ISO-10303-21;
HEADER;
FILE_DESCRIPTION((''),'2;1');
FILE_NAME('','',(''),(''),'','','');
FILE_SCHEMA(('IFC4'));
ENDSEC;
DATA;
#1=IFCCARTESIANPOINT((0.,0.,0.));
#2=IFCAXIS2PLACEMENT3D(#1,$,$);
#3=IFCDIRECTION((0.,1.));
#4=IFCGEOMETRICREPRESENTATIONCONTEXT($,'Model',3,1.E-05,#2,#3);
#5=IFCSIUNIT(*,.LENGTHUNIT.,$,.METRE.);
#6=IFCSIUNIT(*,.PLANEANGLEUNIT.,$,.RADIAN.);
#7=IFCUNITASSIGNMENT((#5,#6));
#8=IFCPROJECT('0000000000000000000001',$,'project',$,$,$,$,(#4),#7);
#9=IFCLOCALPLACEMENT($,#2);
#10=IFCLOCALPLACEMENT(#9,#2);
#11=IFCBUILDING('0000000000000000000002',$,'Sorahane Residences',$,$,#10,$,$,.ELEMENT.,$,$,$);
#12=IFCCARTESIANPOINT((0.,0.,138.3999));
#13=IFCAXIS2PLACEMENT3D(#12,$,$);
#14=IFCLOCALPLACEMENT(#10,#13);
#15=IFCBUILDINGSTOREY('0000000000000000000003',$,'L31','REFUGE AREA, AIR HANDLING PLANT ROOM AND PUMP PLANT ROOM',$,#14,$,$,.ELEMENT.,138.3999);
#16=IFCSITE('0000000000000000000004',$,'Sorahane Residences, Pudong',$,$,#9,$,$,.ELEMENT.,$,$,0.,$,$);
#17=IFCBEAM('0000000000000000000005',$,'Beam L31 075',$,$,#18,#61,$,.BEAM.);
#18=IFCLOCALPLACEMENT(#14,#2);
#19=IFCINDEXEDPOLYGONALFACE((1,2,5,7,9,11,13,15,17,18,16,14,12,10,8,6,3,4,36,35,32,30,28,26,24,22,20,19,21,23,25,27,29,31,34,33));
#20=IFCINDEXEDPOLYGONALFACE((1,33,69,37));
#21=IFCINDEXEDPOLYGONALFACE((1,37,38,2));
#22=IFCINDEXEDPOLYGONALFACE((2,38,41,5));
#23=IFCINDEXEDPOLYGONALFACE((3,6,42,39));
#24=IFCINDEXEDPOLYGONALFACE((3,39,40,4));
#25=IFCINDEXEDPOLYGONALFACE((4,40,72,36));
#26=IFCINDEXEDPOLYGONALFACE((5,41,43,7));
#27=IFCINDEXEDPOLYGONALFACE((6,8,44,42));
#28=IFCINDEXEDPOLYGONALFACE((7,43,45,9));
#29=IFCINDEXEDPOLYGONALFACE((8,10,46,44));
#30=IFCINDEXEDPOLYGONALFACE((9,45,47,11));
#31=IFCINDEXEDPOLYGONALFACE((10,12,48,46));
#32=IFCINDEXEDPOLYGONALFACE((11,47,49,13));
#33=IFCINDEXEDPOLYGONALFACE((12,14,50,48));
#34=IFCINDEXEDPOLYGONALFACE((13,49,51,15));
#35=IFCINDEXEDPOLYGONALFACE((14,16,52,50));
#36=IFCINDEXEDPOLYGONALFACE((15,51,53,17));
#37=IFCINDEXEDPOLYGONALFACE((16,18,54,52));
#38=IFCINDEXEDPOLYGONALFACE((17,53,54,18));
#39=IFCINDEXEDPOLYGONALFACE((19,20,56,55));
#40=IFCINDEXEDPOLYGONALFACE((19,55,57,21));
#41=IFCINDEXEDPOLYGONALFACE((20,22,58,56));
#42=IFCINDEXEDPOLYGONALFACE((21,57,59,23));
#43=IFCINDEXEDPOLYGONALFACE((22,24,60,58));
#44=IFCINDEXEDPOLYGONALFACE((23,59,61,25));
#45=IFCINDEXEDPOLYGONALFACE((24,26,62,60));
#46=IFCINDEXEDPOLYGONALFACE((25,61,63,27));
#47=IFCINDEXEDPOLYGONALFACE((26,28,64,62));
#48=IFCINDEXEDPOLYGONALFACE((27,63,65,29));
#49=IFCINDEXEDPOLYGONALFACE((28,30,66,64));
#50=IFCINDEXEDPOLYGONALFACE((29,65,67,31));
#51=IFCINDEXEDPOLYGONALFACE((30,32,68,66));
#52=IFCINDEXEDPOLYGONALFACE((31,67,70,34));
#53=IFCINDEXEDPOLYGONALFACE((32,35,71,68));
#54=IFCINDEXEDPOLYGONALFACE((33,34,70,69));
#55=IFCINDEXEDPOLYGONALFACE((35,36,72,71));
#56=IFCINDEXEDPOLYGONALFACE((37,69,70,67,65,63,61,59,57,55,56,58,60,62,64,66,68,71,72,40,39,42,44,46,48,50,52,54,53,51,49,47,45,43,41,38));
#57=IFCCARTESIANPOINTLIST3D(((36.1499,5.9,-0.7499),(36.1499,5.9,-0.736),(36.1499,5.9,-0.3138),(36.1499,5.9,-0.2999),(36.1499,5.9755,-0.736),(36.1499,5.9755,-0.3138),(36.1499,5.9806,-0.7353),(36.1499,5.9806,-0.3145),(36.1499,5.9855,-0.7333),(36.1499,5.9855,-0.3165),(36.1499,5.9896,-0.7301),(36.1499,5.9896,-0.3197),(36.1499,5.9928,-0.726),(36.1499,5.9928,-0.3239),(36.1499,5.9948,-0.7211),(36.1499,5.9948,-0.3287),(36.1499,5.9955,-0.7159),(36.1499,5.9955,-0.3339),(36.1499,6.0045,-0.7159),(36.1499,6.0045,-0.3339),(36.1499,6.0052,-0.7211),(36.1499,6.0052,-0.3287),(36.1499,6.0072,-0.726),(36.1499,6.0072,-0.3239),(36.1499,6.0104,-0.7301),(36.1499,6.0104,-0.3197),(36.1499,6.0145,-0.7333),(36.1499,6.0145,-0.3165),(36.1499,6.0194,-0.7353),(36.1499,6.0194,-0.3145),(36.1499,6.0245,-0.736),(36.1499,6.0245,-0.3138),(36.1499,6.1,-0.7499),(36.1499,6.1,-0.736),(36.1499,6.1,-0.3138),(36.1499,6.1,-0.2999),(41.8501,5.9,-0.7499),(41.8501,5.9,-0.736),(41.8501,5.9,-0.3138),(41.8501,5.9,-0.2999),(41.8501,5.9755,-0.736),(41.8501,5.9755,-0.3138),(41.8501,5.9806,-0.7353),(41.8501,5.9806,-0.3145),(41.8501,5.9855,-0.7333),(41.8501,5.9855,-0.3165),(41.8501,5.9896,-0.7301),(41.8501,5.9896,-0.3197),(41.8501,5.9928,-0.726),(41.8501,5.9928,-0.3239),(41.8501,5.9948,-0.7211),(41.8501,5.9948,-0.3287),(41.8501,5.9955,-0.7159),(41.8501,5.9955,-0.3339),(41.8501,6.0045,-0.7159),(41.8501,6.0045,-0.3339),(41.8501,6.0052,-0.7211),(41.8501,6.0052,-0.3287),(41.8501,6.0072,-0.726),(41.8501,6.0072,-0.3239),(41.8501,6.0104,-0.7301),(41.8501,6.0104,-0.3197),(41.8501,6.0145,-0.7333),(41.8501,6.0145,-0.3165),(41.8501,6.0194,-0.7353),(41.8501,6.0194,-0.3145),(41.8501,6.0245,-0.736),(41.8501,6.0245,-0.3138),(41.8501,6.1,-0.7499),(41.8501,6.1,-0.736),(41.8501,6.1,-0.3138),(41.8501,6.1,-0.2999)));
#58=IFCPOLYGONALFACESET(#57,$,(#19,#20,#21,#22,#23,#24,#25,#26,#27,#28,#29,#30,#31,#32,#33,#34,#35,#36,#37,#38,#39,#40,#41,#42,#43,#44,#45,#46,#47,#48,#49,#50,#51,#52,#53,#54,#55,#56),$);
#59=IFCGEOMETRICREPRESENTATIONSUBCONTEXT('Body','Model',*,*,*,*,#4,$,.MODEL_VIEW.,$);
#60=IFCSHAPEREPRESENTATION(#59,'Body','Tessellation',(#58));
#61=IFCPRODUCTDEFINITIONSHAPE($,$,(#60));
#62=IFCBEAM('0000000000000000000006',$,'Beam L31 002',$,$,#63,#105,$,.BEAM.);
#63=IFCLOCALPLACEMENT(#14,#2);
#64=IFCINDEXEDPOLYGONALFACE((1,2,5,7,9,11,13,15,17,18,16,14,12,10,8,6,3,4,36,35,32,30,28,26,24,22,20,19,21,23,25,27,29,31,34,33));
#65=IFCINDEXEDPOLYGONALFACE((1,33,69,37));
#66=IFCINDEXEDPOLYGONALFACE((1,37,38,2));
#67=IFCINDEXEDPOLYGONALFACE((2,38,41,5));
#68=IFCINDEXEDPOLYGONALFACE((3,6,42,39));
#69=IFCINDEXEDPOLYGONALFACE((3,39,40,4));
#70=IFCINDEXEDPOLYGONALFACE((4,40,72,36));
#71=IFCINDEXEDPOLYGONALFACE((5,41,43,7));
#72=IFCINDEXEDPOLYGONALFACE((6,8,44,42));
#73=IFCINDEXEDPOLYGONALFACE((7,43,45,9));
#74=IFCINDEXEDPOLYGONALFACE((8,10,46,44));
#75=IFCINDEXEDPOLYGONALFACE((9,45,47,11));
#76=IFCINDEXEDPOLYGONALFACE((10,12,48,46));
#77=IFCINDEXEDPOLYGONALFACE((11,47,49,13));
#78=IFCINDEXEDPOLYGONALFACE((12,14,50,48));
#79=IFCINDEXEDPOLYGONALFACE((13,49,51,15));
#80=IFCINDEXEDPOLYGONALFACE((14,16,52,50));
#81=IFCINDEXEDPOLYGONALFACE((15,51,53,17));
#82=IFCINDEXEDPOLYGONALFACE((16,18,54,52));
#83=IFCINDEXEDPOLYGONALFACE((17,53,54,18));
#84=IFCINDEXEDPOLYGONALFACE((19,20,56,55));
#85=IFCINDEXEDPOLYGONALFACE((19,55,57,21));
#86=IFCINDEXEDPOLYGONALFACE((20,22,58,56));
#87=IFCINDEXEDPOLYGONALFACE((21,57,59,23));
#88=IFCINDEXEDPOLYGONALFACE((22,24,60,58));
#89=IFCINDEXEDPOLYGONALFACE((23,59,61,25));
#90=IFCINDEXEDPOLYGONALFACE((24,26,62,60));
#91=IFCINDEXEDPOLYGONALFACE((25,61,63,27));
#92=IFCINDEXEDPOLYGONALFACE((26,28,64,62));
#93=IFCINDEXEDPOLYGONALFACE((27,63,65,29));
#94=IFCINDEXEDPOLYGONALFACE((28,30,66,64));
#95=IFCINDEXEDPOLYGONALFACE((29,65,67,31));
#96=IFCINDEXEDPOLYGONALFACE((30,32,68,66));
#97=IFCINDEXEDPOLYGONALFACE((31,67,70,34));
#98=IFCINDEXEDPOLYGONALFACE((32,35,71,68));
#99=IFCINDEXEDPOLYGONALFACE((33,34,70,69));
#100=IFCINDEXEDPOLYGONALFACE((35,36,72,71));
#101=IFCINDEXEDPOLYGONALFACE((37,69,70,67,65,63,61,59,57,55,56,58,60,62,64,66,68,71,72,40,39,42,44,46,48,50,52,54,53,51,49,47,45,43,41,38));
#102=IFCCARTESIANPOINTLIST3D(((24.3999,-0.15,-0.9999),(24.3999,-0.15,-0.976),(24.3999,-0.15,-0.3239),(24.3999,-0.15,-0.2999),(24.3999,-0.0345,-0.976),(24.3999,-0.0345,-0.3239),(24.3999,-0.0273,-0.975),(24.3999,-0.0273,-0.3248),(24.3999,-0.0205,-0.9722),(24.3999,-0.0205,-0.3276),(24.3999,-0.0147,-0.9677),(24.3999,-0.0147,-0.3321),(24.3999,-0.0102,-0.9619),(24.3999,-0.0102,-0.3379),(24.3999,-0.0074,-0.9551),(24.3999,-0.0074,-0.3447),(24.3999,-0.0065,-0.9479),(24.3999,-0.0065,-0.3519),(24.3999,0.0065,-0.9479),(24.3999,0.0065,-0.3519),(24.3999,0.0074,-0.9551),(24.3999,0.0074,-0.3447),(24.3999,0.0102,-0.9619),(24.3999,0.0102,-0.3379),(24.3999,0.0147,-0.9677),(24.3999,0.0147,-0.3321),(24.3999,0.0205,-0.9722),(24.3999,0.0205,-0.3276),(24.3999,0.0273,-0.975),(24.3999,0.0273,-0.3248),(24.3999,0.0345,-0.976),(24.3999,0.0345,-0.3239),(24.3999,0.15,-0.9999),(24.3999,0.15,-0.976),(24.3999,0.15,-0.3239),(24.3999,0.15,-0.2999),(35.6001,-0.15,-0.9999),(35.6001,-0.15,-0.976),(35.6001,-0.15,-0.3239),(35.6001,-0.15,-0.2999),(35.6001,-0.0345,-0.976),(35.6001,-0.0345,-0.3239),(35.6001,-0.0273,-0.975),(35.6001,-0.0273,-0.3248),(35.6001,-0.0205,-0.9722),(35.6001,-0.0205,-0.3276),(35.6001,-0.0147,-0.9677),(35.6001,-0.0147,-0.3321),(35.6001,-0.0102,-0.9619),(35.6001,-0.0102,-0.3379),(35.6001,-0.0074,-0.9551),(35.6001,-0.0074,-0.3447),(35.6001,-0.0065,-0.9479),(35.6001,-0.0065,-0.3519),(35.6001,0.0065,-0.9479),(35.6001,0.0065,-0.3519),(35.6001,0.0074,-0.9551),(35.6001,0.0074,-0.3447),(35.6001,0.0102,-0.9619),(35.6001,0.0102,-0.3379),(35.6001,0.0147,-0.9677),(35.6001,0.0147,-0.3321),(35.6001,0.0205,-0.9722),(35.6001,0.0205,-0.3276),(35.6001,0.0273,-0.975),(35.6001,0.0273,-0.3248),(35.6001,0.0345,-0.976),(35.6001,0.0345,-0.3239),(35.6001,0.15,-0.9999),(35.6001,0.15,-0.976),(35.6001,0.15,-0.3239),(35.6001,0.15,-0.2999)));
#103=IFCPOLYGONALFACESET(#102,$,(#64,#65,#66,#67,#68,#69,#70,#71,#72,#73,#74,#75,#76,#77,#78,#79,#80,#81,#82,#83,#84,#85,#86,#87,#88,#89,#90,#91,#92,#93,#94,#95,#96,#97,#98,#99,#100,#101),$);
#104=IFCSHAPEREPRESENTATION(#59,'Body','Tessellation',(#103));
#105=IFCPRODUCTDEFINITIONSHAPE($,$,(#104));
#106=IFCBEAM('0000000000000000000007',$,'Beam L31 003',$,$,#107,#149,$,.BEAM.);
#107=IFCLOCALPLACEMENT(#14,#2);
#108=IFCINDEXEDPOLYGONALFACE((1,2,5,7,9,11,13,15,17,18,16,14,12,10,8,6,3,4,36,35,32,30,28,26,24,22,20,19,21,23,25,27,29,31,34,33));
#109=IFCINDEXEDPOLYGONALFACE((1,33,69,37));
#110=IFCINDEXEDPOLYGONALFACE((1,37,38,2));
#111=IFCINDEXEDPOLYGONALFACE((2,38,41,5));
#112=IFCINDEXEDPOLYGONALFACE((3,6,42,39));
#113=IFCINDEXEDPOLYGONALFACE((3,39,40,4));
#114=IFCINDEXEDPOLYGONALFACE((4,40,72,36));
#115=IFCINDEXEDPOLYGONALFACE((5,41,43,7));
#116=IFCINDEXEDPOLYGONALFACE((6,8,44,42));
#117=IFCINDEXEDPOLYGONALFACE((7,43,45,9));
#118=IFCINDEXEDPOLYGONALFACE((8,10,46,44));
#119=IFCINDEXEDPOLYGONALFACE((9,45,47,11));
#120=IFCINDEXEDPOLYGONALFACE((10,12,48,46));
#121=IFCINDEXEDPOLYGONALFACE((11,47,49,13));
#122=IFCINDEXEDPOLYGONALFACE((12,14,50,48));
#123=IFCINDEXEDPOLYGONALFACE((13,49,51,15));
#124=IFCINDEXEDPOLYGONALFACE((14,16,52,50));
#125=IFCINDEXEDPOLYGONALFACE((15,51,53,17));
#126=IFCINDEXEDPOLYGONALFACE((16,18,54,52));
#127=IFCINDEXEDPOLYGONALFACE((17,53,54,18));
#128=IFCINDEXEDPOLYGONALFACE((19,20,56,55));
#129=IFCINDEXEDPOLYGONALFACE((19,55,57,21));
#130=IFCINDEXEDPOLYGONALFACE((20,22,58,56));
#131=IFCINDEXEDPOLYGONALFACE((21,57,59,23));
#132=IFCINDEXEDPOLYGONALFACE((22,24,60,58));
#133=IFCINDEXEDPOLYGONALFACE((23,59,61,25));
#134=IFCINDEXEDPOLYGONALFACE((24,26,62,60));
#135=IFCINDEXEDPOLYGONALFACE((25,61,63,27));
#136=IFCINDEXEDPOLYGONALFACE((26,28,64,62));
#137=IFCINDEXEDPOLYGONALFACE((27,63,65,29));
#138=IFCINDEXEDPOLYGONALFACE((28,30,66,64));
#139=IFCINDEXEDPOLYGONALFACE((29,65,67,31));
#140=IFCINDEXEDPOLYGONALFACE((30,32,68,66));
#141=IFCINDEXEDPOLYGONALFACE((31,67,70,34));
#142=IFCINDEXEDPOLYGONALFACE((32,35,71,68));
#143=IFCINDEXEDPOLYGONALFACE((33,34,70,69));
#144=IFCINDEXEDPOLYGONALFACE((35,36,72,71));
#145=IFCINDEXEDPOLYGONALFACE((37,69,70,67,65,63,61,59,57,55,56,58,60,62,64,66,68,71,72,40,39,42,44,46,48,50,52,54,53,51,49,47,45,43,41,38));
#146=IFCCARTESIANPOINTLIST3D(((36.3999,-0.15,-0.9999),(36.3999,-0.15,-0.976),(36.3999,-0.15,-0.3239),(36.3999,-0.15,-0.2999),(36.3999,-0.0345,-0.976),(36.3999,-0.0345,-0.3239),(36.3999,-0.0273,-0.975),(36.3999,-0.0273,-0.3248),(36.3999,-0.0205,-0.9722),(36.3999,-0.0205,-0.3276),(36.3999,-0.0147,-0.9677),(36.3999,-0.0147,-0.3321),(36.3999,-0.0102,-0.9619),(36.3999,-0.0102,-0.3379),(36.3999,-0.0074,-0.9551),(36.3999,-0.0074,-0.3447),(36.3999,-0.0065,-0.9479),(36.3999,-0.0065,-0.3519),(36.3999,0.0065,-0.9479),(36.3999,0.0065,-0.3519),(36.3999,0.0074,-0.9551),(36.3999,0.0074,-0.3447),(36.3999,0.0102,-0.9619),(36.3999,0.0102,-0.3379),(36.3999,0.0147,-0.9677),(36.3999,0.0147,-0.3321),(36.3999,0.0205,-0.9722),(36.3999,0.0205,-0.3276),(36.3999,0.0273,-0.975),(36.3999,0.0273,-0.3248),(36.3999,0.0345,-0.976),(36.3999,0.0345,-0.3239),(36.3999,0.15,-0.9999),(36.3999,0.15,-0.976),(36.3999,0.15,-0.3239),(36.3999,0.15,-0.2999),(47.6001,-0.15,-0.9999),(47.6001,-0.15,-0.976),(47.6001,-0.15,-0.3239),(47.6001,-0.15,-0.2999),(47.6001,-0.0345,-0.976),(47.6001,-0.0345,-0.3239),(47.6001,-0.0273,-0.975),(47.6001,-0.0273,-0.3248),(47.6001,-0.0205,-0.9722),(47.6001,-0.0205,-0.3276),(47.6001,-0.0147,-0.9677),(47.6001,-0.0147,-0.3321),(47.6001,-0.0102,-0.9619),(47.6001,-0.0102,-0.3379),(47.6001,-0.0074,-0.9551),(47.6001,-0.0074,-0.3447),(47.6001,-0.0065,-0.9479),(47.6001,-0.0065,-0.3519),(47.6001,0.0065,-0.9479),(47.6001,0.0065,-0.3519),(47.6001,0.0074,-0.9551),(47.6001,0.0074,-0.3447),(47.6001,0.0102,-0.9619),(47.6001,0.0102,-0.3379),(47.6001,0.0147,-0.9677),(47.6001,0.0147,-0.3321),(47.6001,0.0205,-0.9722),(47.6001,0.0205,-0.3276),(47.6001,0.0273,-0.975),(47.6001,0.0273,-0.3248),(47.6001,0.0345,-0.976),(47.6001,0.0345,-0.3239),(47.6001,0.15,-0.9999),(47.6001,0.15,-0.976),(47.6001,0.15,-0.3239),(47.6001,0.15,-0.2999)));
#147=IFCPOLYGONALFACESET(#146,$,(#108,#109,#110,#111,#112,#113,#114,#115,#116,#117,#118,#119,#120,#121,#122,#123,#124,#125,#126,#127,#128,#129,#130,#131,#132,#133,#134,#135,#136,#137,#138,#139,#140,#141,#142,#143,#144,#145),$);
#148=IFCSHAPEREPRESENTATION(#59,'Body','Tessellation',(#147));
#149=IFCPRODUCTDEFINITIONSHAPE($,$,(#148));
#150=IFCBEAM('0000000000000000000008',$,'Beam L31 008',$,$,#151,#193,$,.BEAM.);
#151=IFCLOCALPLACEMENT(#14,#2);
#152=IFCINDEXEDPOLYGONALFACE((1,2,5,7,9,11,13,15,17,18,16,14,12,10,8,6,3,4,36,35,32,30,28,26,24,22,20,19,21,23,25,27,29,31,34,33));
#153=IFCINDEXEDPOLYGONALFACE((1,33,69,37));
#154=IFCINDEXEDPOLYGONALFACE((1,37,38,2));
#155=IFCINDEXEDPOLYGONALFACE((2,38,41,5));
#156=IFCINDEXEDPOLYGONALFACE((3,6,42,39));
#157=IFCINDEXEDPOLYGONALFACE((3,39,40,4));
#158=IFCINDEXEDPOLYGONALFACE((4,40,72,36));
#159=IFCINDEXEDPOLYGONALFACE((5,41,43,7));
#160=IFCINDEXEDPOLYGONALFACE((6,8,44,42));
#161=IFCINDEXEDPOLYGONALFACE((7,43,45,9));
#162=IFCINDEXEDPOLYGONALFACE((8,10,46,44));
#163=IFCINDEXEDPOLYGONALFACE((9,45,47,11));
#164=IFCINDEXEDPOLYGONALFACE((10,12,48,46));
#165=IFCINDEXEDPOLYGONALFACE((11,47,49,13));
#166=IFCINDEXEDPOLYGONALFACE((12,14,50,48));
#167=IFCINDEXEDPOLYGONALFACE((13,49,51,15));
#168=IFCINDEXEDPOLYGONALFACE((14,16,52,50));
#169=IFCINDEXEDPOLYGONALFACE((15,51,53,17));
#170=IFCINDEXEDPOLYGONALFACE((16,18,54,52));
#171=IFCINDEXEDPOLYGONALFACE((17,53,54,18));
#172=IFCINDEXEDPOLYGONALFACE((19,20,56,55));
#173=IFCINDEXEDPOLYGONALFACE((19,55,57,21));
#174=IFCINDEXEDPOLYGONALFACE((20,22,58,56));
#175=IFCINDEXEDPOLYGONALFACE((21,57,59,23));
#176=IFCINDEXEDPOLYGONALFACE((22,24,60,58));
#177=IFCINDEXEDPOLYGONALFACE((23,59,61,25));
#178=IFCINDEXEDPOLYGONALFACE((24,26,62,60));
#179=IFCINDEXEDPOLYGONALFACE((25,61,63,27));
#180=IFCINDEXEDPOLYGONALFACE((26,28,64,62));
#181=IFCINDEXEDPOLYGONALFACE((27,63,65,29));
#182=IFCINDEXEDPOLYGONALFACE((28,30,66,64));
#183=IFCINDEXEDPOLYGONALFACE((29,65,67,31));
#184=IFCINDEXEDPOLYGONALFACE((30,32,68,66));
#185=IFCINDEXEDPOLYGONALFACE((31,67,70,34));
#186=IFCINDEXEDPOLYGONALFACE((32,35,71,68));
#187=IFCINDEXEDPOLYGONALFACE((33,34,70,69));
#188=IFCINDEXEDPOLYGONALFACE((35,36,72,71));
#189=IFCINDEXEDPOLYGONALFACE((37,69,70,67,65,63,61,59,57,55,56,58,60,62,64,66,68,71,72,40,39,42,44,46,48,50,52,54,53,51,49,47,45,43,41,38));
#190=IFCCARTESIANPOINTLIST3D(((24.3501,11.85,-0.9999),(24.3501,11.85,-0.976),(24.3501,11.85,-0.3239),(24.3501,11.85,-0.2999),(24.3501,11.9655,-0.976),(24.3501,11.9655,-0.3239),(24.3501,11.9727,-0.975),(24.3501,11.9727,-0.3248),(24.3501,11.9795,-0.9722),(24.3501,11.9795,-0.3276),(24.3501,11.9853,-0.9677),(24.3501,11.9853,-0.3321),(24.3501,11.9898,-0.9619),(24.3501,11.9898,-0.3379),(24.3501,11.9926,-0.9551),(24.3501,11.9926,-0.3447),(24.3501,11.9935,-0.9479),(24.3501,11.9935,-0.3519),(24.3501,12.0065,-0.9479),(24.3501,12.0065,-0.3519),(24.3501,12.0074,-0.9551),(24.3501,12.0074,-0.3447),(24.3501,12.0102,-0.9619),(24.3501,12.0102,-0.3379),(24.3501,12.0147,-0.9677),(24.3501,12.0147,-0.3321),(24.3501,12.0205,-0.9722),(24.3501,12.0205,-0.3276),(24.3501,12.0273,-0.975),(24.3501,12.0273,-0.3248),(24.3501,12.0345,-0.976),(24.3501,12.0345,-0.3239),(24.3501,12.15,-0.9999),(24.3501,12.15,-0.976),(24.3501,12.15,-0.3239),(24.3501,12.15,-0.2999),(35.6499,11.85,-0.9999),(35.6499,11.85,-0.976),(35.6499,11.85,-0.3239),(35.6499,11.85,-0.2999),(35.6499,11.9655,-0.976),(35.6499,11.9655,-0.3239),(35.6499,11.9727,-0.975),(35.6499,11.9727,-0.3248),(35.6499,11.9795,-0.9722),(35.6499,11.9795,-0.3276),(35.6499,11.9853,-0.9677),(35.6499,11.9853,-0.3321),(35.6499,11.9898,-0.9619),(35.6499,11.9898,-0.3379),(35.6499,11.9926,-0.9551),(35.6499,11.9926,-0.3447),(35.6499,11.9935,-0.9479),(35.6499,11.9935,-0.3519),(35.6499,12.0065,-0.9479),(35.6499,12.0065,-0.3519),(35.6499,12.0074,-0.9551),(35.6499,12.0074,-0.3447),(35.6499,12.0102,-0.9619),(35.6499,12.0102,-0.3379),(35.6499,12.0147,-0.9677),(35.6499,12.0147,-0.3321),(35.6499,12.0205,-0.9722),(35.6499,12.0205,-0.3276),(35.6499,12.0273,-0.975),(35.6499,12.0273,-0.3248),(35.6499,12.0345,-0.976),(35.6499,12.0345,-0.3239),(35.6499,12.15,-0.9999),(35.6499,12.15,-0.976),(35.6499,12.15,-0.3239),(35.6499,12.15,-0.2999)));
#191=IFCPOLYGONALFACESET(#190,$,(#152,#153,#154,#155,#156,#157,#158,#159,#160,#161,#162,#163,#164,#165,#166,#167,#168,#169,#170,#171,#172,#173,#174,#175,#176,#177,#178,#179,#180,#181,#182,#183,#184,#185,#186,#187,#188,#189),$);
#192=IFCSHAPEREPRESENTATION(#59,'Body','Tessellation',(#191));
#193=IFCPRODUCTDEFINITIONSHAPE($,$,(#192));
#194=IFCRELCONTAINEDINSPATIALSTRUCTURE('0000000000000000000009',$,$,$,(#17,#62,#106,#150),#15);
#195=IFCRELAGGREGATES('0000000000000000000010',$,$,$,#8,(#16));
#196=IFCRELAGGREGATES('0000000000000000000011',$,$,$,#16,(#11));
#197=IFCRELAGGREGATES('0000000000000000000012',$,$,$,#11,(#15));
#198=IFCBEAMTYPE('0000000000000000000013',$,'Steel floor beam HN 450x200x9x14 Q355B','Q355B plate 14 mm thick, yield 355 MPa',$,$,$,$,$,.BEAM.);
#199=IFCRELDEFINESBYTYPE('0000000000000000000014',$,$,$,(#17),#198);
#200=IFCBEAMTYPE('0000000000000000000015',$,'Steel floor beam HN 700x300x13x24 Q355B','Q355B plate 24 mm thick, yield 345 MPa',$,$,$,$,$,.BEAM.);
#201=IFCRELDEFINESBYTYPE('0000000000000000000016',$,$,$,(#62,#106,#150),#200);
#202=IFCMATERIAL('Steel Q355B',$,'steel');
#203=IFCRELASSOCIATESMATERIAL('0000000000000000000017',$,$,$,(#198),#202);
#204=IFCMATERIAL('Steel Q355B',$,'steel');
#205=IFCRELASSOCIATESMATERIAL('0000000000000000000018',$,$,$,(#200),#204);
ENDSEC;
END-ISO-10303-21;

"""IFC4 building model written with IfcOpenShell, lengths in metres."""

from ifc_helpers import new_model, si_unit, direction, frame, origin, origin_2d, place, context, subcontext, project, spatial, i_section, extrude, material, material_profile, profile_set, type_object, element, save


model = new_model("IFC4")

# Units and contexts
model_context = context("Model", 3, precision=1e-05, world=origin(), true_north=direction((0.0, 1.0)))
body_context = subcontext(model_context, "Body", "Model", "MODEL_VIEW")
ifc_project = project(units=[si_unit("LENGTHUNIT", "METRE"), si_unit("PLANEANGLEUNIT", "RADIAN")], contexts=[model_context])

# Site, building, storey
site_placement = place(None, origin())
site = spatial("IfcSite", under=ifc_project, at=site_placement, Name="Sorahane Residences, Pudong", CompositionType="ELEMENT", RefElevation=0.0)
building_placement = place(site_placement, origin())
building = spatial("IfcBuilding", under=site, at=building_placement, Name="Sorahane Residences", CompositionType="ELEMENT")
storey_placement = place(building_placement, frame((0.0, 0.0, 138.3999)))
storey = spatial("IfcBuildingStorey", under=building, at=storey_placement, Name="L31", Description="REFUGE AREA, AIR HANDLING PLANT ROOM AND PUMP PLANT ROOM", CompositionType="ELEMENT", Elevation=138.3999)

# Beams
ifc_material_1 = material(Name="Steel Q355B", Category="steel")
ifc_material_profile_1 = material_profile(ifc_material_1, i_section(OverallWidth=0.2, OverallDepth=0.45, WebThickness=0.009, FlangeThickness=0.0139, FilletRadius=0.02, at=origin_2d()), Name="HN 450x200x9x14")
ifc_profile_set_1 = profile_set([ifc_material_profile_1], Name="Steel Q355B")
beam_type_1 = type_object("IfcBeamType", Name="Steel floor beam HN 450x200x9x14 Q355B", Description="Q355B plate 14 mm thick, yield 355 MPa", PredefinedType="BEAM", material=ifc_profile_set_1)
for number, where, z_axis, x_axis, name in (
    (1, (36.1499, 6.0, -0.5249), (1.0, 0.0, 0.0), (0.0, 1.0, 0.0), "Beam L31 075"),
):
    element("IfcBeam", number, at=place(storey_placement, frame(where, z_axis=z_axis, x_axis=x_axis)), inside=storey, type_object=beam_type_1, Name=name, PredefinedType="BEAM", context=body_context, shape_type="SweptSolid", body=[
        extrude(i_section(OverallWidth=0.2, OverallDepth=0.45, WebThickness=0.009, FlangeThickness=0.0139, FilletRadius=0.02, at=origin_2d()), origin(), (0.0, 0.0, 1.0), 5.7002),
    ])
ifc_material_2 = material(Name="Steel Q355B", Category="steel")
ifc_material_profile_2 = material_profile(ifc_material_2, i_section(OverallWidth=0.3, OverallDepth=0.7, WebThickness=0.0129, FlangeThickness=0.0239, FilletRadius=0.0281, at=origin_2d()), Name="HN 700x300x13x24")
ifc_profile_set_2 = profile_set([ifc_material_profile_2], Name="Steel Q355B")
beam_type_2 = type_object("IfcBeamType", Name="Steel floor beam HN 700x300x13x24 Q355B", Description="Q355B plate 24 mm thick, yield 345 MPa", PredefinedType="BEAM", material=ifc_profile_set_2)
for number, where, z_axis, x_axis, name in (
    (2, (24.3999, 0.0, -0.6499), (1.0, 0.0, 0.0), (0.0, 1.0, 0.0), "Beam L31 002"),
    (3, (36.3999, 0.0, -0.6499), (1.0, 0.0, 0.0), (0.0, 1.0, 0.0), "Beam L31 003"),
):
    element("IfcBeam", number, at=place(storey_placement, frame(where, z_axis=z_axis, x_axis=x_axis)), inside=storey, type_object=beam_type_2, Name=name, PredefinedType="BEAM", context=body_context, shape_type="SweptSolid", body=[
        extrude(i_section(OverallWidth=0.3, OverallDepth=0.7, WebThickness=0.0129, FlangeThickness=0.0239, FilletRadius=0.0281, at=origin_2d()), origin(), (0.0, 0.0, 1.0), 11.2002),
    ])
for number, where, z_axis, x_axis, name in (
    (4, (24.3501, 12.0, -0.6499), (1.0, 0.0, 0.0), (0.0, 1.0, 0.0), "Beam L31 008"),
):
    element("IfcBeam", number, at=place(storey_placement, frame(where, z_axis=z_axis, x_axis=x_axis)), inside=storey, type_object=beam_type_2, Name=name, PredefinedType="BEAM", context=body_context, shape_type="SweptSolid", body=[
        extrude(i_section(OverallWidth=0.3, OverallDepth=0.7, WebThickness=0.0129, FlangeThickness=0.0239, FilletRadius=0.0281, at=origin_2d()), origin(), (0.0, 0.0, 1.0), 11.2998),
    ])

save(model, "model.ifc")
